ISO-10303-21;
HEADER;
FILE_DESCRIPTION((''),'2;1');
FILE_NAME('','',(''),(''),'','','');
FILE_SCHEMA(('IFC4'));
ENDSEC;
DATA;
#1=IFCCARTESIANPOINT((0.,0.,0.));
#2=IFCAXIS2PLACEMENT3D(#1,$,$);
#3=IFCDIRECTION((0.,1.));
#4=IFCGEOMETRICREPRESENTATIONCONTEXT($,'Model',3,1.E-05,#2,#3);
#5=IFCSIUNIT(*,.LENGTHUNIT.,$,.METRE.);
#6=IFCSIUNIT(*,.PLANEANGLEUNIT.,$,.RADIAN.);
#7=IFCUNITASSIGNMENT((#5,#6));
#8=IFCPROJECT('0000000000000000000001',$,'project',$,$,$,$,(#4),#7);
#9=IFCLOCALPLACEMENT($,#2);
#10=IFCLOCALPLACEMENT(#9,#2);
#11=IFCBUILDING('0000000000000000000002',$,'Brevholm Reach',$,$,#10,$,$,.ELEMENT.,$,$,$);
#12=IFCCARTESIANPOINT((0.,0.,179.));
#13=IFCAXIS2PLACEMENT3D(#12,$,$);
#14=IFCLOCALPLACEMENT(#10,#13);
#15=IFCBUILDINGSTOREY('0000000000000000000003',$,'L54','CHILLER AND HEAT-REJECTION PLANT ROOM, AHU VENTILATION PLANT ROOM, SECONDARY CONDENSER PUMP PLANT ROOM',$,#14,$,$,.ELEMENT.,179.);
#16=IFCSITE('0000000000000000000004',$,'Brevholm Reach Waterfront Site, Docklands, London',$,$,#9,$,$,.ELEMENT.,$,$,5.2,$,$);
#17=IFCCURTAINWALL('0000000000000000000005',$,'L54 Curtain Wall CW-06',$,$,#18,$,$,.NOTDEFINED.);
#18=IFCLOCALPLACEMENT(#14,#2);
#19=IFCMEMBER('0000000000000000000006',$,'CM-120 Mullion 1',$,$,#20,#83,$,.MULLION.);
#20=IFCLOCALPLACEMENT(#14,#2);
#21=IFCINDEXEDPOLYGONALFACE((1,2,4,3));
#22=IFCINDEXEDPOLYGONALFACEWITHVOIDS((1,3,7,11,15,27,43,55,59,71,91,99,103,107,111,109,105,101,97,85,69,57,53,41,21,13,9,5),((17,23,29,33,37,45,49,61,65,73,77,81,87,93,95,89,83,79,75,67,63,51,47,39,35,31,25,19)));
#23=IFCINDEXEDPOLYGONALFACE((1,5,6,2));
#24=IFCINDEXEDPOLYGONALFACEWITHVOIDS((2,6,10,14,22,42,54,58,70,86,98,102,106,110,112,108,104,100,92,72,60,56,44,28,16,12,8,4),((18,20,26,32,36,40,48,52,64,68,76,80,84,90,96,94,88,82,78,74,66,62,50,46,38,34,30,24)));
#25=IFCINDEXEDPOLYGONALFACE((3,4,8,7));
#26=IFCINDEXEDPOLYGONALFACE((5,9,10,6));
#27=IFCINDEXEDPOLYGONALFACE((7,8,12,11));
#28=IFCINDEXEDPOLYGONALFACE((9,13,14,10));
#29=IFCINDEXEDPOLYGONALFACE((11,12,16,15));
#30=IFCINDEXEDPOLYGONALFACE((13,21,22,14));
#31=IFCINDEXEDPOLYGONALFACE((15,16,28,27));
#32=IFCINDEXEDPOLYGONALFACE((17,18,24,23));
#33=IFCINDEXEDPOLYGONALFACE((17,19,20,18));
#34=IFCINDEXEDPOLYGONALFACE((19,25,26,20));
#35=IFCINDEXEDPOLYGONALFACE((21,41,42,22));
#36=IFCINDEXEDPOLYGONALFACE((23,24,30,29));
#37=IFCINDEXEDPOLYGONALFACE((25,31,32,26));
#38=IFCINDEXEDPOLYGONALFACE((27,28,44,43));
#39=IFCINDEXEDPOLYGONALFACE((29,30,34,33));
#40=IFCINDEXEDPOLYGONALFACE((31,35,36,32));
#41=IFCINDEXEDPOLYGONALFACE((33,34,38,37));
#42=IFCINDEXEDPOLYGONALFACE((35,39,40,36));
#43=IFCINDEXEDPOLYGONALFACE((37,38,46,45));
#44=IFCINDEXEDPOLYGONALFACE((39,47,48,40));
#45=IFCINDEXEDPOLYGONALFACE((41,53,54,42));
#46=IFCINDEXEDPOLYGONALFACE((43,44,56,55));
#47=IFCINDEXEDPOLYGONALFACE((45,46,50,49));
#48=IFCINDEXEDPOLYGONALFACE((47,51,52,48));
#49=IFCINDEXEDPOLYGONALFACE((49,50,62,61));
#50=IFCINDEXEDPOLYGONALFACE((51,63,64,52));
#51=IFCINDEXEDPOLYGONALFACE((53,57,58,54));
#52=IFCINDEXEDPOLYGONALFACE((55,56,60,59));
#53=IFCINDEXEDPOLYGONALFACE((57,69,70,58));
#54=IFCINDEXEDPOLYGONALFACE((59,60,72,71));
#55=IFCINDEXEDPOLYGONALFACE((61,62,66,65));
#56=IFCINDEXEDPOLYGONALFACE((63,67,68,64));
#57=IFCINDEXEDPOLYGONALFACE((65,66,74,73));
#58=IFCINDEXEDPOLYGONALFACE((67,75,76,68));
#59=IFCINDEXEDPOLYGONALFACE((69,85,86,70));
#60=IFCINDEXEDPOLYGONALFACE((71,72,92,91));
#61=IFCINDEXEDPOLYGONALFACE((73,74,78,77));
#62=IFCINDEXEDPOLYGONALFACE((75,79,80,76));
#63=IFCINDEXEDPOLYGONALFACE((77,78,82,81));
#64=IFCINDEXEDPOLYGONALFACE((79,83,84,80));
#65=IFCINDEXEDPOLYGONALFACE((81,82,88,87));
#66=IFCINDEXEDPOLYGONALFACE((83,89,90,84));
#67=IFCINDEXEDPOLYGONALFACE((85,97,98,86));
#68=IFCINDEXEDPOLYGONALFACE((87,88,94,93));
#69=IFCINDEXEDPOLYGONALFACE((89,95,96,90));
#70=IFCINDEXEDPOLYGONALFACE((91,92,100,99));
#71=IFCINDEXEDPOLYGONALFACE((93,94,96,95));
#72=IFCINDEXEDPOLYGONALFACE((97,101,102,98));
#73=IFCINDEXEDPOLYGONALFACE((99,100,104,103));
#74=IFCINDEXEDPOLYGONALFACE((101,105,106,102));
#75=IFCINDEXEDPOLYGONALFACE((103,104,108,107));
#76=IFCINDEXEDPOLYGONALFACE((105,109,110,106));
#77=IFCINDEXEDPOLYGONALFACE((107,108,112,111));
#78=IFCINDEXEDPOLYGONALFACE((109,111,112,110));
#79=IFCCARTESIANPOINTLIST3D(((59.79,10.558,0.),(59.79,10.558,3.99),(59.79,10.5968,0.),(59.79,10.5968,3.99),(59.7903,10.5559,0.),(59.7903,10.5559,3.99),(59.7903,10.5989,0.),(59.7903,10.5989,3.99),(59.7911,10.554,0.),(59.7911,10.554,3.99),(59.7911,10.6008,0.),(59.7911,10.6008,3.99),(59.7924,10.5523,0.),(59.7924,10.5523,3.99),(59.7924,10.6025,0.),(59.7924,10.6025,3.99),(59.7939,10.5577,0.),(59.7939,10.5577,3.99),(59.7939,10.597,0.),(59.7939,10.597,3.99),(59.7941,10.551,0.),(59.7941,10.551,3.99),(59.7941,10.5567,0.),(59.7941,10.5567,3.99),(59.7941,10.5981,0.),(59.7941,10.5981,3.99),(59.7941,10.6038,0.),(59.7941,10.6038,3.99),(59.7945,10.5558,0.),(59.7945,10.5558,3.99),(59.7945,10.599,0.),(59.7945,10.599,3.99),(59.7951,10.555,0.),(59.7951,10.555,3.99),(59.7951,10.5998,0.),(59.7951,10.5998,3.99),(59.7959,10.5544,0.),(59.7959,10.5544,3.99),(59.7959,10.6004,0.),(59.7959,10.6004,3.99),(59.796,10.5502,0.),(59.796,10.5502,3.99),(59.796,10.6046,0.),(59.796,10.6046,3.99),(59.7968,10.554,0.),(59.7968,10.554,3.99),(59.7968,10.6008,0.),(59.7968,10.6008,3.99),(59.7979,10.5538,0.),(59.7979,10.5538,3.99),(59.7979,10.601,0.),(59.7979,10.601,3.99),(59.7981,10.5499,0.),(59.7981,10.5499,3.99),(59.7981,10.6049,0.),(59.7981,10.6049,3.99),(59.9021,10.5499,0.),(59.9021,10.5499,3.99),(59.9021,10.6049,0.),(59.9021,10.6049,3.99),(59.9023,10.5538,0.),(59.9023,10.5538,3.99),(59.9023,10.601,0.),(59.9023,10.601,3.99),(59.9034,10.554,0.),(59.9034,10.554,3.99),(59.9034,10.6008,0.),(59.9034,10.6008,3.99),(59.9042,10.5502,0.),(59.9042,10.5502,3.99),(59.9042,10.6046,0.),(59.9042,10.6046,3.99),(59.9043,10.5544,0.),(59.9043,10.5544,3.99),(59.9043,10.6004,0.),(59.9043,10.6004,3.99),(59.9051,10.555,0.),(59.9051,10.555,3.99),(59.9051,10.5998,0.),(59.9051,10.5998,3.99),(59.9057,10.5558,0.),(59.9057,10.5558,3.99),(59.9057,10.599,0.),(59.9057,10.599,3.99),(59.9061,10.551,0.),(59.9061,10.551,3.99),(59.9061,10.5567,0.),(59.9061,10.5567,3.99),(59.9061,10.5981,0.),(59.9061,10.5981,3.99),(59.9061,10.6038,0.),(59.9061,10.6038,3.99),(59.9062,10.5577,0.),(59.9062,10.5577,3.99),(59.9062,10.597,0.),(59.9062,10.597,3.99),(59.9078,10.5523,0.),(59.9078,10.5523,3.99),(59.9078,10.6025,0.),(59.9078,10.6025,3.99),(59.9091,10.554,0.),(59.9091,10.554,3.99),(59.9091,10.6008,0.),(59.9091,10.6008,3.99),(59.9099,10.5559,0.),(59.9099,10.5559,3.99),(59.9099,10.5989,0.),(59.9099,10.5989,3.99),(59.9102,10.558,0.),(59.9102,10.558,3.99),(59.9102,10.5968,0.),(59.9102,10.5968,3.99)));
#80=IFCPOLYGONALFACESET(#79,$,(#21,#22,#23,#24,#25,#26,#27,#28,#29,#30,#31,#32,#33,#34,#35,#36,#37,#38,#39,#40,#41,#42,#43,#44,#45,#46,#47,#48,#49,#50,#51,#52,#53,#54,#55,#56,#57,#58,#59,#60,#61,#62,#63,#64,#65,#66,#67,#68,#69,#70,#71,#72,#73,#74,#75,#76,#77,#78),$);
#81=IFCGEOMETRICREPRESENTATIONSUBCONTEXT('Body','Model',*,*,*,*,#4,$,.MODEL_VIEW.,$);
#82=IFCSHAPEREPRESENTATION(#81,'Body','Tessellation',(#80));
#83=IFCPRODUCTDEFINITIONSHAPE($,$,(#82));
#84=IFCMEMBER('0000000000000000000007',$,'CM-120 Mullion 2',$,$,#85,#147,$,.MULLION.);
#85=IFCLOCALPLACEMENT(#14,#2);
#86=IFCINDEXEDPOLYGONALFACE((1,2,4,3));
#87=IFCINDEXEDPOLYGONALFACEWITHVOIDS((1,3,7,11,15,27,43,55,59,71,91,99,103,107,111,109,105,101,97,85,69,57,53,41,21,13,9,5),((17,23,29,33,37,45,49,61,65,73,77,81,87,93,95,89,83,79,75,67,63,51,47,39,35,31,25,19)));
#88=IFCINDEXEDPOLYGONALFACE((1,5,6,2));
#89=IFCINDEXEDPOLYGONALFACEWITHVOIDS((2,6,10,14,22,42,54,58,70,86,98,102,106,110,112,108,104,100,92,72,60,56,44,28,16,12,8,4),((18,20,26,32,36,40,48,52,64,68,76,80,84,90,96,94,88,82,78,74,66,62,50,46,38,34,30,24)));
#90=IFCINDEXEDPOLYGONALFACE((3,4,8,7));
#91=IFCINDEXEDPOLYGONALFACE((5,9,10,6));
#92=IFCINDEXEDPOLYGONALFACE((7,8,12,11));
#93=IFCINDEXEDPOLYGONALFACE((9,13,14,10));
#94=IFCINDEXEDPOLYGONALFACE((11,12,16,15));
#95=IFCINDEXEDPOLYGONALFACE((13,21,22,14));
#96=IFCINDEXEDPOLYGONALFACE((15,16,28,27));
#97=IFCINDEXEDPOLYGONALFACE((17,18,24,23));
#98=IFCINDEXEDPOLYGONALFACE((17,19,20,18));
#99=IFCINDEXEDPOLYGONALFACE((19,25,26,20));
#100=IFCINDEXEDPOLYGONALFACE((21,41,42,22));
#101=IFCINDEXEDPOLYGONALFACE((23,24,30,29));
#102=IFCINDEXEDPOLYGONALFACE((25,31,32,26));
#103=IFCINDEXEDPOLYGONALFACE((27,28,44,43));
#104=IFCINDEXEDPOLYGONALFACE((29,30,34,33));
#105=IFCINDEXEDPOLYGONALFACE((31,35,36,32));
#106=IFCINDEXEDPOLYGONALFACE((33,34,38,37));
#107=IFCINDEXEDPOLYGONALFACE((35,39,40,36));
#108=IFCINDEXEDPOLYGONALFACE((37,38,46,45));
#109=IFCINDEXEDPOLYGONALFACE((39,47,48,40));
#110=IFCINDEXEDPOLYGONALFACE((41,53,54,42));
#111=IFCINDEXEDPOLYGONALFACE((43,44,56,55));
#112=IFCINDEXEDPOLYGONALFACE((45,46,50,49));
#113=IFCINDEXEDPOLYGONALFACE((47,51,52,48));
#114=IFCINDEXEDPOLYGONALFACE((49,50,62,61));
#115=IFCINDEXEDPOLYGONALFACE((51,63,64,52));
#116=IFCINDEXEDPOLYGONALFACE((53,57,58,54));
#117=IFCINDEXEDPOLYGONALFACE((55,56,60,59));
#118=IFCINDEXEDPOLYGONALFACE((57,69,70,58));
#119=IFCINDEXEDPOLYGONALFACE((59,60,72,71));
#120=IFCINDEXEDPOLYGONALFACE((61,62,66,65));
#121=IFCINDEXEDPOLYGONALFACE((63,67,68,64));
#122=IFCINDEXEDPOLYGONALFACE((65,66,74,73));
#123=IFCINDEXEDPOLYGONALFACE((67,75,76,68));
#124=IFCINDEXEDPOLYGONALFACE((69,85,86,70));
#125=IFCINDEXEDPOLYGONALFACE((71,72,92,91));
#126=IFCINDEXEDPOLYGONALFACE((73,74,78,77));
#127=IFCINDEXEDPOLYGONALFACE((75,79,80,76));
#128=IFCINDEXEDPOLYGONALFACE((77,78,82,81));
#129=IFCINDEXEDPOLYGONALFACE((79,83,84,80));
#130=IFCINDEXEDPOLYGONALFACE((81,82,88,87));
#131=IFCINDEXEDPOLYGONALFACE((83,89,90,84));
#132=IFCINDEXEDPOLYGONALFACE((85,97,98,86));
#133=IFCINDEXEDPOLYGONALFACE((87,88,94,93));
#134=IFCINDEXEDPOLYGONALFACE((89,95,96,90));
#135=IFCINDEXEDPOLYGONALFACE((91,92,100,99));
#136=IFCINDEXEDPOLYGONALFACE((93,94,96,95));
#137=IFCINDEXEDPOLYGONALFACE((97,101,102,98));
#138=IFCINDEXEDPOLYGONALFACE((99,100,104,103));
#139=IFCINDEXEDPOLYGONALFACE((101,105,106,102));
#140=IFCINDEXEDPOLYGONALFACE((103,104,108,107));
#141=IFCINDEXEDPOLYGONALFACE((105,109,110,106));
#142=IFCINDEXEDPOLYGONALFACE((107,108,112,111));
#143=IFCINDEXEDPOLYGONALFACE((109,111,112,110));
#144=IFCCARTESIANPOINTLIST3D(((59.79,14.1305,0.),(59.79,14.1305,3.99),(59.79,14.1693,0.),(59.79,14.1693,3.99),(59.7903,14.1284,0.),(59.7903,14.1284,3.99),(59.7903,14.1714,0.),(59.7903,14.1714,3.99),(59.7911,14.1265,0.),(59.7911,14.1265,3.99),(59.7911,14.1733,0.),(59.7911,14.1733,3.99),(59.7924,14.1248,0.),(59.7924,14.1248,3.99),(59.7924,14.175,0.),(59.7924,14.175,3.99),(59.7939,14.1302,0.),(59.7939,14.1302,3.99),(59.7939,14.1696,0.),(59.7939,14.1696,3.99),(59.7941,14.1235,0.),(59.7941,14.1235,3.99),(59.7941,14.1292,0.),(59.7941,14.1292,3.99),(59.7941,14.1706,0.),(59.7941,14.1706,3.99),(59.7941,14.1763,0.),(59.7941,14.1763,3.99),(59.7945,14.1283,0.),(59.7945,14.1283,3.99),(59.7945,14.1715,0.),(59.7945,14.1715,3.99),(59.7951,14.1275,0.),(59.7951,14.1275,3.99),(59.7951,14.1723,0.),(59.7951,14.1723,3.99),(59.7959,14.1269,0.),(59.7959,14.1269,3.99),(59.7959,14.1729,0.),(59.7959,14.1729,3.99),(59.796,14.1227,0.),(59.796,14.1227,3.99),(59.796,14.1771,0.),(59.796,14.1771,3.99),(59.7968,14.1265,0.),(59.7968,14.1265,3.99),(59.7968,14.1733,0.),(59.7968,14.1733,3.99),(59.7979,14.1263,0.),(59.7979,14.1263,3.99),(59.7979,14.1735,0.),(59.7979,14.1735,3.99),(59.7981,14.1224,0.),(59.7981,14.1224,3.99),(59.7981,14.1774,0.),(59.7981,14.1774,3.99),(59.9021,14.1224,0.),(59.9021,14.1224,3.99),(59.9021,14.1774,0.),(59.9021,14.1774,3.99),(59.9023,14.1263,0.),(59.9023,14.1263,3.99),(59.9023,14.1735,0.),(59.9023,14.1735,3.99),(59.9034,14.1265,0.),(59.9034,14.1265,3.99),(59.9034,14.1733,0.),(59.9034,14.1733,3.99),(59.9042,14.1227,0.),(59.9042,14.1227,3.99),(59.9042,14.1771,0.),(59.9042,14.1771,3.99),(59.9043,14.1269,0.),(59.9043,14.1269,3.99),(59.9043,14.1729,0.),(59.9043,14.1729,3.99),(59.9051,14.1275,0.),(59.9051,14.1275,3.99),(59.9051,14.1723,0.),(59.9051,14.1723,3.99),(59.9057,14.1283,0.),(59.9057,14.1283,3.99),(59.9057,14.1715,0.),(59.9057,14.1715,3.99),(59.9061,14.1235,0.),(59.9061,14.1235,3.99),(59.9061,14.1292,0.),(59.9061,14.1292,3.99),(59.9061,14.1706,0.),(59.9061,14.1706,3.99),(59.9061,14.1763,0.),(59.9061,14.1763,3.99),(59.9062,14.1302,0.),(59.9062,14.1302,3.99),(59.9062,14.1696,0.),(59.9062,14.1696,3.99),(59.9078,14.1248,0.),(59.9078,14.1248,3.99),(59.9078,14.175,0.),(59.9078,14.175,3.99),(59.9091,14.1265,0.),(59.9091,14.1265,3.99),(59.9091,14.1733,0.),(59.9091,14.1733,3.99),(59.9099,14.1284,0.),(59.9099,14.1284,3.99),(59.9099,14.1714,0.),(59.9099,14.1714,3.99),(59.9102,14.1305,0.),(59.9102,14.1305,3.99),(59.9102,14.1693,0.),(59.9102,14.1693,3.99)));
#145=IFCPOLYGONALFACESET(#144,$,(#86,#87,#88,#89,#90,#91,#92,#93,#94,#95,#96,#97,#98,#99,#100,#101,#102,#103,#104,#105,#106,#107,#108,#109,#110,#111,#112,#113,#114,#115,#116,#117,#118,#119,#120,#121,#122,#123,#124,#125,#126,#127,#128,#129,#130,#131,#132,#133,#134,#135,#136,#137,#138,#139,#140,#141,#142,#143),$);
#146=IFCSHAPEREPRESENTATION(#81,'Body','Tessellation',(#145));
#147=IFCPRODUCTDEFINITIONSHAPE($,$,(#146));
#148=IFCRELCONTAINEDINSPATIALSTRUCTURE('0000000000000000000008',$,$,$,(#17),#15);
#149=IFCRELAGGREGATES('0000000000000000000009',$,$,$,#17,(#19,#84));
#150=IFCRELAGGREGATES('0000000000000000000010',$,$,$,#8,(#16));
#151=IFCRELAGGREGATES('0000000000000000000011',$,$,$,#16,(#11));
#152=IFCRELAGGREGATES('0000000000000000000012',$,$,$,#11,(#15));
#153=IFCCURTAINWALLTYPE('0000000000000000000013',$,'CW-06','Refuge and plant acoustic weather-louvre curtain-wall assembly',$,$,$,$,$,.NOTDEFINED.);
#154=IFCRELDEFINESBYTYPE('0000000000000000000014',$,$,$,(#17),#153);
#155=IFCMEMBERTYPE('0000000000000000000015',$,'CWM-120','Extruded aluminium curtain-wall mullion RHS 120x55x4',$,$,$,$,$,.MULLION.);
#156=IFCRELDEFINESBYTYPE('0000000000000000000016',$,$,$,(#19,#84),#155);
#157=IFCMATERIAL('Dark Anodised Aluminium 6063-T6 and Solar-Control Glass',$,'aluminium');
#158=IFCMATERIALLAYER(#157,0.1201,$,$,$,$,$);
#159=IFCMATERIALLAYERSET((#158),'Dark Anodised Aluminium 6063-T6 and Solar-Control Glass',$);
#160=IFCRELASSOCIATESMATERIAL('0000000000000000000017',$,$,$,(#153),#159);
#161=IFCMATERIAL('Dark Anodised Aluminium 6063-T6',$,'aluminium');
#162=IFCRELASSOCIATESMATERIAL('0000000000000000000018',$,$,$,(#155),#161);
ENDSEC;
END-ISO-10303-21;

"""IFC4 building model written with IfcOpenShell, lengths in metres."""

from ifc_helpers import new_model, si_unit, direction, frame, origin, origin_2d, place, context, subcontext, project, spatial, hollow_rectangle, extrude, material, layer, layer_set, material_profile, profile_set, type_object, element, aggregate, save


model = new_model("IFC4")

# Units and contexts
model_context = context("Model", 3, precision=1e-05, world=origin(), true_north=direction((0.0, 1.0)))
body_context = subcontext(model_context, "Body", "Model", "MODEL_VIEW")
ifc_project = project(units=[si_unit("LENGTHUNIT", "METRE"), si_unit("PLANEANGLEUNIT", "RADIAN")], contexts=[model_context])

# Site, building, storey
site_placement = place(None, origin())
site = spatial("IfcSite", under=ifc_project, at=site_placement, Name="Brevholm Reach Waterfront Site, Docklands, London", CompositionType="ELEMENT", RefElevation=5.2)
building_placement = place(site_placement, origin())
building = spatial("IfcBuilding", under=site, at=building_placement, Name="Brevholm Reach", CompositionType="ELEMENT")
storey_placement = place(building_placement, frame((0.0, 0.0, 179.0)))
storey = spatial("IfcBuildingStorey", under=building, at=storey_placement, Name="L54", Description="CHILLER AND HEAT-REJECTION PLANT ROOM, AHU VENTILATION PLANT ROOM, SECONDARY CONDENSER PUMP PLANT ROOM", CompositionType="ELEMENT", Elevation=179.0)

# Curtain wall, members
ifc_material_1 = material(Name="Dark Anodised Aluminium 6063-T6 and Solar-Control Glass", Category="aluminium")
ifc_layer_1 = layer(ifc_material_1, 0.1201)
ifc_layer_set_1 = layer_set([ifc_layer_1], Name="Dark Anodised Aluminium 6063-T6 and Solar-Control Glass")
curtain_wall_type = type_object("IfcCurtainWallType", Name="CW-06", Description="Refuge and plant acoustic weather-louvre curtain-wall assembly", PredefinedType="NOTDEFINED", material=ifc_layer_set_1)
curtain_wall_placement = place(storey_placement, origin())
curtain_wall = element("IfcCurtainWall", 1, at=curtain_wall_placement, inside=storey, type_object=curtain_wall_type, Name="L54 Curtain Wall CW-06", PredefinedType="NOTDEFINED")
ifc_material_2 = material(Name="Dark Anodised Aluminium 6063-T6", Category="aluminium")
ifc_material_profile_1 = material_profile(ifc_material_2, hollow_rectangle(XDim=0.0549, YDim=0.1201, WallThickness=0.0039, InnerFilletRadius=0.0039, OuterFilletRadius=0.0081, at=origin_2d()), Name="RHS 120x55x4")
ifc_profile_set_1 = profile_set([ifc_material_profile_1], Name="Dark Anodised Aluminium 6063-T6")
member_type_1 = type_object("IfcMemberType", Name="CWM-120", Description="Extruded aluminium curtain-wall mullion RHS 120x55x4", PredefinedType="MULLION", material=ifc_profile_set_1)
member_1_placement = place(storey_placement, frame((59.8501, 10.5774, 0.0), z_axis=(0.0, 0.0, 1.0), x_axis=(0.0, 1.0, 0.0)))
member_1 = element("IfcMember", 2, at=member_1_placement, type_object=member_type_1, Name="CM-120 Mullion 1", PredefinedType="MULLION", context=body_context, shape_type="SweptSolid", body=[
    extrude(hollow_rectangle(XDim=0.0549, YDim=0.1201, WallThickness=0.0039, InnerFilletRadius=0.0039, OuterFilletRadius=0.0081, at=origin_2d()), origin(), (0.0, 0.0, 1.0), 3.99),
])
member_2_placement = place(storey_placement, frame((59.8501, 14.1499, 0.0), z_axis=(0.0, 0.0, 1.0), x_axis=(0.0, 1.0, 0.0)))
member_2 = element("IfcMember", 3, at=member_2_placement, type_object=member_type_1, Name="CM-120 Mullion 2", PredefinedType="MULLION", context=body_context, shape_type="SweptSolid", body=[
    extrude(hollow_rectangle(XDim=0.0549, YDim=0.1201, WallThickness=0.0039, InnerFilletRadius=0.0039, OuterFilletRadius=0.0081, at=origin_2d()), origin(), (0.0, 0.0, 1.0), 3.99),
])

aggregate(curtain_wall, [member_1, member_2])

save(model, "model.ifc")
